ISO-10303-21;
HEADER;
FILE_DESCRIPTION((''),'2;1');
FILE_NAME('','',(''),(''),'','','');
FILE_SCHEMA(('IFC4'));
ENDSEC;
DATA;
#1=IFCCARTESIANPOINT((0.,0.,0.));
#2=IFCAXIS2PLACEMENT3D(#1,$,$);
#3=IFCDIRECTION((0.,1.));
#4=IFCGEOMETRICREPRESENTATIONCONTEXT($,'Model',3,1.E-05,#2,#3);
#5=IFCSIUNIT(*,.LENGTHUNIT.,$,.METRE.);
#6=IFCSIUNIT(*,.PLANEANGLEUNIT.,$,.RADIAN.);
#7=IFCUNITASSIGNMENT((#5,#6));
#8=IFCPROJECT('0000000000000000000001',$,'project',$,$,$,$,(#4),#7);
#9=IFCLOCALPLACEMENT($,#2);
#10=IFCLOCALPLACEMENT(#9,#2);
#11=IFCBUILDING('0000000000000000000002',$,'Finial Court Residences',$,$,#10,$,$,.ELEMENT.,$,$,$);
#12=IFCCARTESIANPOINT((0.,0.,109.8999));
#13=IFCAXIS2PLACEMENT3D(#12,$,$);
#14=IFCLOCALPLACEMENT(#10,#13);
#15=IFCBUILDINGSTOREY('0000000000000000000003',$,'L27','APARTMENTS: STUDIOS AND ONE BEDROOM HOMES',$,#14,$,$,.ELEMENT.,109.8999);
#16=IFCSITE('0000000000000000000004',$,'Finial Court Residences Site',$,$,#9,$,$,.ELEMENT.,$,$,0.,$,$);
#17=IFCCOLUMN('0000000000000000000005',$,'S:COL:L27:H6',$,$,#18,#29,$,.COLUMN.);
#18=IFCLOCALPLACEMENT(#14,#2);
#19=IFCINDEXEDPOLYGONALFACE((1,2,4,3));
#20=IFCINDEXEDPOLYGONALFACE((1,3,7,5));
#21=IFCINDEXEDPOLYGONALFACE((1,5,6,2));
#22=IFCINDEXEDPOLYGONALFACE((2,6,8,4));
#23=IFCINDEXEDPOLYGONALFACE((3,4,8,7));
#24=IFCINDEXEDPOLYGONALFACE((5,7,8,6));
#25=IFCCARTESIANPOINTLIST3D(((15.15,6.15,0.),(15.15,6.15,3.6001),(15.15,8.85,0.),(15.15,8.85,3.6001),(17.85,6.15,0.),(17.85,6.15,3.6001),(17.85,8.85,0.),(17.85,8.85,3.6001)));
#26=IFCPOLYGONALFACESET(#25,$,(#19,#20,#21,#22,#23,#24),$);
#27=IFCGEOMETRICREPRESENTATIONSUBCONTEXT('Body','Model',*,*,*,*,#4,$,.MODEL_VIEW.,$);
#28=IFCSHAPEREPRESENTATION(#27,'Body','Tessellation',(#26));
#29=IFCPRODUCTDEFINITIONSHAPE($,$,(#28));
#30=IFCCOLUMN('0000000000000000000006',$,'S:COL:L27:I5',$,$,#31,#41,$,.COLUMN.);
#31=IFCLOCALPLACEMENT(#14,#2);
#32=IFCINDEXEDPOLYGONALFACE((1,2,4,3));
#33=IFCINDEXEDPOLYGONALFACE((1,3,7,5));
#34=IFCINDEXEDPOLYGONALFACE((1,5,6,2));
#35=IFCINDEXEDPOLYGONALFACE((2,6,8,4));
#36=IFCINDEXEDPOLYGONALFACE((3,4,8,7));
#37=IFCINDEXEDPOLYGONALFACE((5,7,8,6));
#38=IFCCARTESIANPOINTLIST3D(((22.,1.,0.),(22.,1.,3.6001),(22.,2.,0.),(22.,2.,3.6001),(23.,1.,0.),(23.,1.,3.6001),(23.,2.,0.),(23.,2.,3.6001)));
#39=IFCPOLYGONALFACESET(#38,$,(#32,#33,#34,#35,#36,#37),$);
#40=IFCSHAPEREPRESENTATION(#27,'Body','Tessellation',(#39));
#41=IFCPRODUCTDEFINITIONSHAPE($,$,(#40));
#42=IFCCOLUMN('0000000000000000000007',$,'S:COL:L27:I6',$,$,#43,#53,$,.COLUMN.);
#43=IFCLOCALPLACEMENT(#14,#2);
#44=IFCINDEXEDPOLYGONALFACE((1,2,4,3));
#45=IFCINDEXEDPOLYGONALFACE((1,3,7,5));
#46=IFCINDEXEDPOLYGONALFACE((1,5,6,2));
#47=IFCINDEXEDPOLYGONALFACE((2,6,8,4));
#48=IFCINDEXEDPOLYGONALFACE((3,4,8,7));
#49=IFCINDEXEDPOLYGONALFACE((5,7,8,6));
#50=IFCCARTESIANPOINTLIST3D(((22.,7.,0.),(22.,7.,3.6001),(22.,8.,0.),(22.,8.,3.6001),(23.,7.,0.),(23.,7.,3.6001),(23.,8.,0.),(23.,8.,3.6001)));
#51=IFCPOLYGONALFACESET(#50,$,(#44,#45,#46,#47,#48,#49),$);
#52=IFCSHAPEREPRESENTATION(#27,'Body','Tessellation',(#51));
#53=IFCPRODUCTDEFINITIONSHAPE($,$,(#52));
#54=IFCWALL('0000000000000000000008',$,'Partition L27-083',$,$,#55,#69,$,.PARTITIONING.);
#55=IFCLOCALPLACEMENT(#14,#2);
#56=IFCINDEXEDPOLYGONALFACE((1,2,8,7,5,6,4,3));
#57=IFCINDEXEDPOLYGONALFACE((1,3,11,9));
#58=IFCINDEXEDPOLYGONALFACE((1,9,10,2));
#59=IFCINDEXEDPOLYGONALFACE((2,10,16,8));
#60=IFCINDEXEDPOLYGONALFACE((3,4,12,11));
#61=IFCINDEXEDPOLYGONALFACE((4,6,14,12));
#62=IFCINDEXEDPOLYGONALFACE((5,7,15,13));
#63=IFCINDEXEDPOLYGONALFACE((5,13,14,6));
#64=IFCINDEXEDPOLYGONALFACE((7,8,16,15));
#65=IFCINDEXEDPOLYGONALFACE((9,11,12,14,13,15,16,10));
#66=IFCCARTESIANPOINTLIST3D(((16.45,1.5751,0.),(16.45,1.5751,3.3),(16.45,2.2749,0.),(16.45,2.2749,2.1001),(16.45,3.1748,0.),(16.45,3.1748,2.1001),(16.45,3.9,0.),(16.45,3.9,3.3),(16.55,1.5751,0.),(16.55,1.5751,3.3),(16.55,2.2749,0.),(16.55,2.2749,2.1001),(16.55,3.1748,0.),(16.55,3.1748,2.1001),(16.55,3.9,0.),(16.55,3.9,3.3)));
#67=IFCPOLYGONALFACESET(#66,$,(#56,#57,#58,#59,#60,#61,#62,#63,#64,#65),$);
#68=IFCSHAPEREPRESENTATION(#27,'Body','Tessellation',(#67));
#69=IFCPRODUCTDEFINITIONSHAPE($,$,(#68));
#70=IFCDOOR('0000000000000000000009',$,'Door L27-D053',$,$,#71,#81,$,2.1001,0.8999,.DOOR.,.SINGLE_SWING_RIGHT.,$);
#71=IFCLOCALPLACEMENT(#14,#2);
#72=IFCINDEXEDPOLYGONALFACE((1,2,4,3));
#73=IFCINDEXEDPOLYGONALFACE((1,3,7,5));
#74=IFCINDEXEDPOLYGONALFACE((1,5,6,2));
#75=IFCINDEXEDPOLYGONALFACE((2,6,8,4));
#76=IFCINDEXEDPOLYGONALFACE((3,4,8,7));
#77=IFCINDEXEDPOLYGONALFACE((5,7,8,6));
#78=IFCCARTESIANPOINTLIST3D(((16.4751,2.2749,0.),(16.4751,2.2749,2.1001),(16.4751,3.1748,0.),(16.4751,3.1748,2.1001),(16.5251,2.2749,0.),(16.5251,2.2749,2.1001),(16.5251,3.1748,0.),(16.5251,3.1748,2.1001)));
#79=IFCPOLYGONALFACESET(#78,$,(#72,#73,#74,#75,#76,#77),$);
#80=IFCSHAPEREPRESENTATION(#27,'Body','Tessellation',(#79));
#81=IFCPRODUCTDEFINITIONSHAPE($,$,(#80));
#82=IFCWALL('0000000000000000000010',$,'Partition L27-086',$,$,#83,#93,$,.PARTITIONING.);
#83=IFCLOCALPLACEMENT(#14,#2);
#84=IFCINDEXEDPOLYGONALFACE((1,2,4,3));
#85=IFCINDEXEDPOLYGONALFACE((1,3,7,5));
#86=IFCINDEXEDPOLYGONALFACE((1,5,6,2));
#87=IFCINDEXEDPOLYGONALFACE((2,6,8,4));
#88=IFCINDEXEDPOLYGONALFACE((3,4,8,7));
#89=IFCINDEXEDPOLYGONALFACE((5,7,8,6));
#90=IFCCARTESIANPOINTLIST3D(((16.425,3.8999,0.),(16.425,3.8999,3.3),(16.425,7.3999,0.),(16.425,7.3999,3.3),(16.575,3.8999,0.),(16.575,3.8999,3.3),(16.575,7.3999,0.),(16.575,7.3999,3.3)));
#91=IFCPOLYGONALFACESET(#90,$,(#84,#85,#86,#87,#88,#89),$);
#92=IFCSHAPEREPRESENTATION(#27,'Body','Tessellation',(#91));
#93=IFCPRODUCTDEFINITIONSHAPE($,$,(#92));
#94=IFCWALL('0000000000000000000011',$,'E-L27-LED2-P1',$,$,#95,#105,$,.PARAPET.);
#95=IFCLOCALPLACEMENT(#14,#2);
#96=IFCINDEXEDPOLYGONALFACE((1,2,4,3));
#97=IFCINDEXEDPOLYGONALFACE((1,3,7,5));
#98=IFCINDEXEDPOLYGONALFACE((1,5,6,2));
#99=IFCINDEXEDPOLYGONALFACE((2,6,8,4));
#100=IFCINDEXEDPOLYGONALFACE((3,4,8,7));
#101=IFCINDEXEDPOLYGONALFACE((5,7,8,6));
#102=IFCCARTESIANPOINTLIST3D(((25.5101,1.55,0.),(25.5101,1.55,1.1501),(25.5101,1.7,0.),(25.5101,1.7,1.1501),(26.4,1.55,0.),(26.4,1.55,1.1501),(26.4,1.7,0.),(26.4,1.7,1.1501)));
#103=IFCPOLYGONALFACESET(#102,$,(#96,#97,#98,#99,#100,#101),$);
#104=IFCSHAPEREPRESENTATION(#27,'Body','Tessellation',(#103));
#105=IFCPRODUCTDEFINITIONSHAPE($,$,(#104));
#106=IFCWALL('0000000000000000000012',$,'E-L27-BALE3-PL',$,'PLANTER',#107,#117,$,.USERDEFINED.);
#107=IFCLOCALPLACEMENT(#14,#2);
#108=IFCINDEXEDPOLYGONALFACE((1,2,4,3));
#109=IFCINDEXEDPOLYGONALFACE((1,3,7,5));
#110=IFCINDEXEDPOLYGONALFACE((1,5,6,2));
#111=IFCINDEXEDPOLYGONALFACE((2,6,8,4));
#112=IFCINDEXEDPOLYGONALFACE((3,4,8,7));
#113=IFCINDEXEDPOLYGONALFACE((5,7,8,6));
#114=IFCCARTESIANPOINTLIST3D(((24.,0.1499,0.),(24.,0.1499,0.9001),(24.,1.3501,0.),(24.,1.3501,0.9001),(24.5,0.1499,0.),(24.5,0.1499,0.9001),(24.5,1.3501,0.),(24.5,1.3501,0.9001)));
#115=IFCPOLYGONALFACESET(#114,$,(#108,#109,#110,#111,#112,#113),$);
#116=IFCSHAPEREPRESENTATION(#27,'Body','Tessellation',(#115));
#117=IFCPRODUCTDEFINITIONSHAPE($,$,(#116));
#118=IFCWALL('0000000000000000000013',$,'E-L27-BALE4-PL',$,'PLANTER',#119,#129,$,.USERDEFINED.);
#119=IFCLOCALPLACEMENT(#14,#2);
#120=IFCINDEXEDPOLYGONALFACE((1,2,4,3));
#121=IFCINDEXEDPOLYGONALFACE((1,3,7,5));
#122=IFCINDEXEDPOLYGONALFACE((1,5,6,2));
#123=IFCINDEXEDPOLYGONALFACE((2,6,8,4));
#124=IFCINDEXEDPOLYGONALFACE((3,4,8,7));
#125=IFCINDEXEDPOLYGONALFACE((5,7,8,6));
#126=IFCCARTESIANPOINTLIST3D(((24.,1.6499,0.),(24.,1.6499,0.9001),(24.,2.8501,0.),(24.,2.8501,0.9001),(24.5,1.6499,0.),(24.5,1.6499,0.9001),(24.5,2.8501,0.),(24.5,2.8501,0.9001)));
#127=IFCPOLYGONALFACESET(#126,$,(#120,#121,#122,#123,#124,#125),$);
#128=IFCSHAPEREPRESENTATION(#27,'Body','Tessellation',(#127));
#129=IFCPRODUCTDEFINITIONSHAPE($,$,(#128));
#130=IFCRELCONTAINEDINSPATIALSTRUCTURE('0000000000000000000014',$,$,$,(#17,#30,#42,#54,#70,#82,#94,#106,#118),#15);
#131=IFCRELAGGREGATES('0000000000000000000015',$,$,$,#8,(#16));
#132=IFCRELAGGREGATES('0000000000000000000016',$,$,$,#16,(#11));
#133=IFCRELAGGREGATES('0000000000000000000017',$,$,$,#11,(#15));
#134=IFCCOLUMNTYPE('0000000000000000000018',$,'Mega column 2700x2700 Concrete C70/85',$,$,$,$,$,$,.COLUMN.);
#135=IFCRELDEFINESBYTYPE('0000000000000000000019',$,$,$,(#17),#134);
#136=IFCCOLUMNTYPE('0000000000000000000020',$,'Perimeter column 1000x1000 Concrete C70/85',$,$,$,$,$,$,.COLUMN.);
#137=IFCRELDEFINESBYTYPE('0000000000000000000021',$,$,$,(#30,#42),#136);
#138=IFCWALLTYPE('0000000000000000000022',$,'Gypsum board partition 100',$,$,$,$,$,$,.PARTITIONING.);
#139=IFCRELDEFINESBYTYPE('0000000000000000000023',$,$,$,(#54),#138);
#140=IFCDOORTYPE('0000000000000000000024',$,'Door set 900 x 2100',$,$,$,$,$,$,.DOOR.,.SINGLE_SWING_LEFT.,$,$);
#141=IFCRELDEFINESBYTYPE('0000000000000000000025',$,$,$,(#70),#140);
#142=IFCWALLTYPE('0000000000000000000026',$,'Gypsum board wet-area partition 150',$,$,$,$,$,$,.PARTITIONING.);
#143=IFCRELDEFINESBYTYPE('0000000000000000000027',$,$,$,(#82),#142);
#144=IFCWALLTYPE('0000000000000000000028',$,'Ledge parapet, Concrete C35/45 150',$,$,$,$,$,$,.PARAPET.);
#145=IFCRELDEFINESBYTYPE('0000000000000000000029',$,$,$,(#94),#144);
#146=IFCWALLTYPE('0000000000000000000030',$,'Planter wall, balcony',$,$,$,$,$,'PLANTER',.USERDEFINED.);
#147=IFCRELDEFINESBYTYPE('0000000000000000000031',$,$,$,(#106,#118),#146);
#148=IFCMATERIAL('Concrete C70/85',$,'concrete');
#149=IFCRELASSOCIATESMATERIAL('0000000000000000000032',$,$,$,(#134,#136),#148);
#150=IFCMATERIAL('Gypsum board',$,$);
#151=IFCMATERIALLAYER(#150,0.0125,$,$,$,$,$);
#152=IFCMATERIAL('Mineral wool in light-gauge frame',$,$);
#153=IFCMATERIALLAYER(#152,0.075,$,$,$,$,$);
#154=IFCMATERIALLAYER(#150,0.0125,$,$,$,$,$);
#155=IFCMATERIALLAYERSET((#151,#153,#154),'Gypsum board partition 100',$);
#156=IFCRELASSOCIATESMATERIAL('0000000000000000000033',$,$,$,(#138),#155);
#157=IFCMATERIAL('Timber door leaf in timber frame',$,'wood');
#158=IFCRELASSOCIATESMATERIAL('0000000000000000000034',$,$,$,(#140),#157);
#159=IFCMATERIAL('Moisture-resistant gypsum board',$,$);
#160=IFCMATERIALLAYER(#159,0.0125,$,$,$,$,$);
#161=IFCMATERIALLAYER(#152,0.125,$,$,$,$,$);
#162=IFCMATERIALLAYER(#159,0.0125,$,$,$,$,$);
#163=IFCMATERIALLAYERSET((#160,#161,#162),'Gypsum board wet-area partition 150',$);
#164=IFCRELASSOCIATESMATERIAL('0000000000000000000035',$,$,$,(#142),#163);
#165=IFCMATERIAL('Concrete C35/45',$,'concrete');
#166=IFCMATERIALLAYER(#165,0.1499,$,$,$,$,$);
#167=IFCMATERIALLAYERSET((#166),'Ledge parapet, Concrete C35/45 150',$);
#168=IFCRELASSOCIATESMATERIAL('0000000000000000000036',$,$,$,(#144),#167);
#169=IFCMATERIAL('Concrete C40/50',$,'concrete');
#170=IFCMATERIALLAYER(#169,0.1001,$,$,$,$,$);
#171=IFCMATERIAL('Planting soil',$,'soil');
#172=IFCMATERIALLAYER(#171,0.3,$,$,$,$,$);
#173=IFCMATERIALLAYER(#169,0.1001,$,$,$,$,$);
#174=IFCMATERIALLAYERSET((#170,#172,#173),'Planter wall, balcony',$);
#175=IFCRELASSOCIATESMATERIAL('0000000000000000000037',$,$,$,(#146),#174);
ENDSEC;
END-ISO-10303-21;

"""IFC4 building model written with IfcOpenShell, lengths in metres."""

from ifc_helpers import new_model, si_unit, direction, frame, frame_2d, origin, origin_2d, place, context, subcontext, project, spatial, rectangle, extrude, material, layer, layer_set, material_profile, profile_set, type_object, element, fill, save


model = new_model("IFC4")

# Units and contexts
model_context = context("Model", 3, precision=1e-05, world=origin(), true_north=direction((0.0, 1.0)))
body_context = subcontext(model_context, "Body", "Model", "MODEL_VIEW")
ifc_project = project(units=[si_unit("LENGTHUNIT", "METRE"), si_unit("PLANEANGLEUNIT", "RADIAN")], contexts=[model_context])

# Site, building, storey
site_placement = place(None, origin())
site = spatial("IfcSite", under=ifc_project, at=site_placement, Name="Finial Court Residences Site", CompositionType="ELEMENT", RefElevation=0.0)
building_placement = place(site_placement, origin())
building = spatial("IfcBuilding", under=site, at=building_placement, Name="Finial Court Residences", CompositionType="ELEMENT")
storey_placement = place(building_placement, frame((0.0, 0.0, 109.8999)))
storey = spatial("IfcBuildingStorey", under=building, at=storey_placement, Name="L27", Description="APARTMENTS: STUDIOS AND ONE BEDROOM HOMES", CompositionType="ELEMENT", Elevation=109.8999)

# Columns
ifc_material_1 = material(Name="Concrete C70/85", Category="concrete")
ifc_material_profile_1 = material_profile(ifc_material_1, rectangle(XDim=2.7, YDim=2.7, at=origin_2d()), Name="2700x2700")
ifc_profile_set_1 = profile_set([ifc_material_profile_1], Name="Concrete C70/85")
column_type_1 = type_object("IfcColumnType", Name="Mega column 2700x2700 Concrete C70/85", PredefinedType="COLUMN", material=ifc_profile_set_1)
column_placement = place(storey_placement, frame((16.5, 7.5, 0.0), z_axis=(0.0, 0.0, 1.0), x_axis=(1.0, 0.0, 0.0)))
element("IfcColumn", 1, at=column_placement, inside=storey, type_object=column_type_1, Name="S:COL:L27:H6", PredefinedType="COLUMN", context=body_context, shape_type="SweptSolid", body=[
    extrude(rectangle(XDim=2.7, YDim=2.7, at=origin_2d()), origin(), (0.0, 0.0, 1.0), 3.6001),
])
ifc_material_profile_2 = material_profile(ifc_material_1, rectangle(XDim=1.0, YDim=1.0, at=origin_2d()), Name="1000x1000")
ifc_profile_set_2 = profile_set([ifc_material_profile_2], Name="Concrete C70/85")
column_type_2 = type_object("IfcColumnType", Name="Perimeter column 1000x1000 Concrete C70/85", PredefinedType="COLUMN", material=ifc_profile_set_2)
for number, where, z_axis, x_axis, name in (
    (2, (22.5, 1.5, 0.0), (0.0, 0.0, 1.0), (1.0, 0.0, 0.0), "S:COL:L27:I5"),
    (3, (22.5, 7.5, 0.0), (0.0, 0.0, 1.0), (1.0, 0.0, 0.0), "S:COL:L27:I6"),
):
    element("IfcColumn", number, at=place(storey_placement, frame(where, z_axis=z_axis, x_axis=x_axis)), inside=storey, type_object=column_type_2, Name=name, PredefinedType="COLUMN", context=body_context, shape_type="SweptSolid", body=[
        extrude(rectangle(XDim=1.0, YDim=1.0, at=origin_2d()), origin(), (0.0, 0.0, 1.0), 3.6001),
    ])

# Wall, opening, door
ifc_material_2 = material(Name="Gypsum board")
ifc_layer_1 = layer(ifc_material_2, 0.0125)
ifc_material_3 = material(Name="Mineral wool in light-gauge frame")
ifc_layer_2 = layer(ifc_material_3, 0.075)
ifc_layer_3 = layer(ifc_material_2, 0.0125)
ifc_layer_set_1 = layer_set([ifc_layer_1, ifc_layer_2, ifc_layer_3], Name="Gypsum board partition 100")
wall_type_1 = type_object("IfcWallType", Name="Gypsum board partition 100", PredefinedType="PARTITIONING", material=ifc_layer_set_1)
wall_1_placement = place(storey_placement, frame((16.5, 1.575, 0.0), z_axis=(0.0, 0.0, 1.0), x_axis=(0.0, 1.0, 0.0)))
wall_1 = element("IfcWall", 4, at=wall_1_placement, inside=storey, type_object=wall_type_1, Name="Partition L27-083", PredefinedType="PARTITIONING", context=body_context, shape_type="SweptSolid", body=[
    extrude(rectangle(XDim=2.325, YDim=0.1001, at=frame_2d((1.1626, 0.0))), origin(), (0.0, 0.0, 1.0), 3.3),
])
opening_1_placement = place(wall_1_placement, frame((0.7, 0.0, 0.0)))
opening_1 = element("IfcOpeningElement", 5, at=opening_1_placement, cuts=wall_1, PredefinedType="OPENING", context=body_context, shape_type="SweptSolid", body=[
    extrude(rectangle(XDim=0.8999, YDim=2.1001, at=frame_2d((0.45, 1.05))), frame((0.0, 0.0601, 0.0), z_axis=(0.0, -1.0, 0.0), x_axis=(1.0, 0.0, 0.0)), (0.0, 0.0, 1.0), 0.1201),
])
ifc_material_4 = material(Name="Timber door leaf in timber frame", Category="wood")
door_type_1 = type_object("IfcDoorType", Name="Door set 900 x 2100", OperationType="SINGLE_SWING_LEFT", PredefinedType="DOOR", material=ifc_material_4)
door_1_placement = place(opening_1_placement, origin())
door_1 = element("IfcDoor", 6, at=door_1_placement, inside=storey, type_object=door_type_1, Name="Door L27-D053", OperationType="SINGLE_SWING_RIGHT", OverallHeight=2.1001, OverallWidth=0.8999, PredefinedType="DOOR", context=body_context, shape_type="SweptSolid", body=[
    extrude(rectangle(XDim=0.8999, YDim=2.1001, at=frame_2d((0.45, 1.05))), frame((0.0, 0.0249, 0.0), z_axis=(0.0, -1.0, 0.0), x_axis=(1.0, 0.0, 0.0)), (0.0, 0.0, 1.0), 0.05),
])
fill(opening_1, door_1)

# Walls
ifc_material_5 = material(Name="Moisture-resistant gypsum board")
ifc_layer_4 = layer(ifc_material_5, 0.0125)
ifc_layer_5 = layer(ifc_material_3, 0.125)
ifc_layer_6 = layer(ifc_material_5, 0.0125)
ifc_layer_set_2 = layer_set([ifc_layer_4, ifc_layer_5, ifc_layer_6], Name="Gypsum board wet-area partition 150")
wall_type_2 = type_object("IfcWallType", Name="Gypsum board wet-area partition 150", PredefinedType="PARTITIONING", material=ifc_layer_set_2)
wall_2_placement = place(storey_placement, frame((16.5, 3.8999, 0.0), z_axis=(0.0, 0.0, 1.0), x_axis=(0.0, 1.0, 0.0)))
element("IfcWall", 7, at=wall_2_placement, inside=storey, type_object=wall_type_2, Name="Partition L27-086", PredefinedType="PARTITIONING", context=body_context, shape_type="SweptSolid", body=[
    extrude(rectangle(XDim=3.5, YDim=0.1499, at=frame_2d((1.75, 0.0))), origin(), (0.0, 0.0, 1.0), 3.3),
])
ifc_material_6 = material(Name="Concrete C35/45", Category="concrete")
ifc_layer_7 = layer(ifc_material_6, 0.1499)
ifc_layer_set_3 = layer_set([ifc_layer_7], Name="Ledge parapet, Concrete C35/45 150")
wall_type_3 = type_object("IfcWallType", Name="Ledge parapet, Concrete C35/45 150", PredefinedType="PARAPET", material=ifc_layer_set_3)
wall_3_placement = place(storey_placement, frame((26.3999, 1.625, 0.0), z_axis=(0.0, 0.0, 1.0), x_axis=(-1.0, 0.0, 0.0)))
element("IfcWall", 8, at=wall_3_placement, inside=storey, type_object=wall_type_3, Name="E-L27-LED2-P1", PredefinedType="PARAPET", context=body_context, shape_type="SweptSolid", body=[
    extrude(rectangle(XDim=0.8899, YDim=0.1499, at=frame_2d((0.4448, 0.0))), origin(), (0.0, 0.0, 1.0), 1.1501),
])

# Walls
ifc_material_7 = material(Name="Concrete C40/50", Category="concrete")
ifc_layer_8 = layer(ifc_material_7, 0.1001)
ifc_material_8 = material(Name="Planting soil", Category="soil")
ifc_layer_9 = layer(ifc_material_8, 0.3)
ifc_layer_10 = layer(ifc_material_7, 0.1001)
ifc_layer_set_4 = layer_set([ifc_layer_8, ifc_layer_9, ifc_layer_10], Name="Planter wall, balcony")
wall_type_4 = type_object("IfcWallType", Name="Planter wall, balcony", ElementType="PLANTER", PredefinedType="USERDEFINED", material=ifc_layer_set_4)
for number, where, z_axis, x_axis, name in (
    (9, (24.25, 0.1499, 0.0), (0.0, 0.0, 1.0), (0.0, 1.0, 0.0), "E-L27-BALE3-PL"),
    (10, (24.25, 1.6499, 0.0), (0.0, 0.0, 1.0), (0.0, 1.0, 0.0), "E-L27-BALE4-PL"),
):
    element("IfcWall", number, at=place(storey_placement, frame(where, z_axis=z_axis, x_axis=x_axis)), inside=storey, type_object=wall_type_4, Name=name, ObjectType="PLANTER", PredefinedType="USERDEFINED", context=body_context, shape_type="SweptSolid", body=[
        extrude(rectangle(XDim=1.2002, YDim=0.5, at=frame_2d((0.6001, 0.0))), origin(), (0.0, 0.0, 1.0), 0.9001),
    ])

save(model, "model.ifc")
